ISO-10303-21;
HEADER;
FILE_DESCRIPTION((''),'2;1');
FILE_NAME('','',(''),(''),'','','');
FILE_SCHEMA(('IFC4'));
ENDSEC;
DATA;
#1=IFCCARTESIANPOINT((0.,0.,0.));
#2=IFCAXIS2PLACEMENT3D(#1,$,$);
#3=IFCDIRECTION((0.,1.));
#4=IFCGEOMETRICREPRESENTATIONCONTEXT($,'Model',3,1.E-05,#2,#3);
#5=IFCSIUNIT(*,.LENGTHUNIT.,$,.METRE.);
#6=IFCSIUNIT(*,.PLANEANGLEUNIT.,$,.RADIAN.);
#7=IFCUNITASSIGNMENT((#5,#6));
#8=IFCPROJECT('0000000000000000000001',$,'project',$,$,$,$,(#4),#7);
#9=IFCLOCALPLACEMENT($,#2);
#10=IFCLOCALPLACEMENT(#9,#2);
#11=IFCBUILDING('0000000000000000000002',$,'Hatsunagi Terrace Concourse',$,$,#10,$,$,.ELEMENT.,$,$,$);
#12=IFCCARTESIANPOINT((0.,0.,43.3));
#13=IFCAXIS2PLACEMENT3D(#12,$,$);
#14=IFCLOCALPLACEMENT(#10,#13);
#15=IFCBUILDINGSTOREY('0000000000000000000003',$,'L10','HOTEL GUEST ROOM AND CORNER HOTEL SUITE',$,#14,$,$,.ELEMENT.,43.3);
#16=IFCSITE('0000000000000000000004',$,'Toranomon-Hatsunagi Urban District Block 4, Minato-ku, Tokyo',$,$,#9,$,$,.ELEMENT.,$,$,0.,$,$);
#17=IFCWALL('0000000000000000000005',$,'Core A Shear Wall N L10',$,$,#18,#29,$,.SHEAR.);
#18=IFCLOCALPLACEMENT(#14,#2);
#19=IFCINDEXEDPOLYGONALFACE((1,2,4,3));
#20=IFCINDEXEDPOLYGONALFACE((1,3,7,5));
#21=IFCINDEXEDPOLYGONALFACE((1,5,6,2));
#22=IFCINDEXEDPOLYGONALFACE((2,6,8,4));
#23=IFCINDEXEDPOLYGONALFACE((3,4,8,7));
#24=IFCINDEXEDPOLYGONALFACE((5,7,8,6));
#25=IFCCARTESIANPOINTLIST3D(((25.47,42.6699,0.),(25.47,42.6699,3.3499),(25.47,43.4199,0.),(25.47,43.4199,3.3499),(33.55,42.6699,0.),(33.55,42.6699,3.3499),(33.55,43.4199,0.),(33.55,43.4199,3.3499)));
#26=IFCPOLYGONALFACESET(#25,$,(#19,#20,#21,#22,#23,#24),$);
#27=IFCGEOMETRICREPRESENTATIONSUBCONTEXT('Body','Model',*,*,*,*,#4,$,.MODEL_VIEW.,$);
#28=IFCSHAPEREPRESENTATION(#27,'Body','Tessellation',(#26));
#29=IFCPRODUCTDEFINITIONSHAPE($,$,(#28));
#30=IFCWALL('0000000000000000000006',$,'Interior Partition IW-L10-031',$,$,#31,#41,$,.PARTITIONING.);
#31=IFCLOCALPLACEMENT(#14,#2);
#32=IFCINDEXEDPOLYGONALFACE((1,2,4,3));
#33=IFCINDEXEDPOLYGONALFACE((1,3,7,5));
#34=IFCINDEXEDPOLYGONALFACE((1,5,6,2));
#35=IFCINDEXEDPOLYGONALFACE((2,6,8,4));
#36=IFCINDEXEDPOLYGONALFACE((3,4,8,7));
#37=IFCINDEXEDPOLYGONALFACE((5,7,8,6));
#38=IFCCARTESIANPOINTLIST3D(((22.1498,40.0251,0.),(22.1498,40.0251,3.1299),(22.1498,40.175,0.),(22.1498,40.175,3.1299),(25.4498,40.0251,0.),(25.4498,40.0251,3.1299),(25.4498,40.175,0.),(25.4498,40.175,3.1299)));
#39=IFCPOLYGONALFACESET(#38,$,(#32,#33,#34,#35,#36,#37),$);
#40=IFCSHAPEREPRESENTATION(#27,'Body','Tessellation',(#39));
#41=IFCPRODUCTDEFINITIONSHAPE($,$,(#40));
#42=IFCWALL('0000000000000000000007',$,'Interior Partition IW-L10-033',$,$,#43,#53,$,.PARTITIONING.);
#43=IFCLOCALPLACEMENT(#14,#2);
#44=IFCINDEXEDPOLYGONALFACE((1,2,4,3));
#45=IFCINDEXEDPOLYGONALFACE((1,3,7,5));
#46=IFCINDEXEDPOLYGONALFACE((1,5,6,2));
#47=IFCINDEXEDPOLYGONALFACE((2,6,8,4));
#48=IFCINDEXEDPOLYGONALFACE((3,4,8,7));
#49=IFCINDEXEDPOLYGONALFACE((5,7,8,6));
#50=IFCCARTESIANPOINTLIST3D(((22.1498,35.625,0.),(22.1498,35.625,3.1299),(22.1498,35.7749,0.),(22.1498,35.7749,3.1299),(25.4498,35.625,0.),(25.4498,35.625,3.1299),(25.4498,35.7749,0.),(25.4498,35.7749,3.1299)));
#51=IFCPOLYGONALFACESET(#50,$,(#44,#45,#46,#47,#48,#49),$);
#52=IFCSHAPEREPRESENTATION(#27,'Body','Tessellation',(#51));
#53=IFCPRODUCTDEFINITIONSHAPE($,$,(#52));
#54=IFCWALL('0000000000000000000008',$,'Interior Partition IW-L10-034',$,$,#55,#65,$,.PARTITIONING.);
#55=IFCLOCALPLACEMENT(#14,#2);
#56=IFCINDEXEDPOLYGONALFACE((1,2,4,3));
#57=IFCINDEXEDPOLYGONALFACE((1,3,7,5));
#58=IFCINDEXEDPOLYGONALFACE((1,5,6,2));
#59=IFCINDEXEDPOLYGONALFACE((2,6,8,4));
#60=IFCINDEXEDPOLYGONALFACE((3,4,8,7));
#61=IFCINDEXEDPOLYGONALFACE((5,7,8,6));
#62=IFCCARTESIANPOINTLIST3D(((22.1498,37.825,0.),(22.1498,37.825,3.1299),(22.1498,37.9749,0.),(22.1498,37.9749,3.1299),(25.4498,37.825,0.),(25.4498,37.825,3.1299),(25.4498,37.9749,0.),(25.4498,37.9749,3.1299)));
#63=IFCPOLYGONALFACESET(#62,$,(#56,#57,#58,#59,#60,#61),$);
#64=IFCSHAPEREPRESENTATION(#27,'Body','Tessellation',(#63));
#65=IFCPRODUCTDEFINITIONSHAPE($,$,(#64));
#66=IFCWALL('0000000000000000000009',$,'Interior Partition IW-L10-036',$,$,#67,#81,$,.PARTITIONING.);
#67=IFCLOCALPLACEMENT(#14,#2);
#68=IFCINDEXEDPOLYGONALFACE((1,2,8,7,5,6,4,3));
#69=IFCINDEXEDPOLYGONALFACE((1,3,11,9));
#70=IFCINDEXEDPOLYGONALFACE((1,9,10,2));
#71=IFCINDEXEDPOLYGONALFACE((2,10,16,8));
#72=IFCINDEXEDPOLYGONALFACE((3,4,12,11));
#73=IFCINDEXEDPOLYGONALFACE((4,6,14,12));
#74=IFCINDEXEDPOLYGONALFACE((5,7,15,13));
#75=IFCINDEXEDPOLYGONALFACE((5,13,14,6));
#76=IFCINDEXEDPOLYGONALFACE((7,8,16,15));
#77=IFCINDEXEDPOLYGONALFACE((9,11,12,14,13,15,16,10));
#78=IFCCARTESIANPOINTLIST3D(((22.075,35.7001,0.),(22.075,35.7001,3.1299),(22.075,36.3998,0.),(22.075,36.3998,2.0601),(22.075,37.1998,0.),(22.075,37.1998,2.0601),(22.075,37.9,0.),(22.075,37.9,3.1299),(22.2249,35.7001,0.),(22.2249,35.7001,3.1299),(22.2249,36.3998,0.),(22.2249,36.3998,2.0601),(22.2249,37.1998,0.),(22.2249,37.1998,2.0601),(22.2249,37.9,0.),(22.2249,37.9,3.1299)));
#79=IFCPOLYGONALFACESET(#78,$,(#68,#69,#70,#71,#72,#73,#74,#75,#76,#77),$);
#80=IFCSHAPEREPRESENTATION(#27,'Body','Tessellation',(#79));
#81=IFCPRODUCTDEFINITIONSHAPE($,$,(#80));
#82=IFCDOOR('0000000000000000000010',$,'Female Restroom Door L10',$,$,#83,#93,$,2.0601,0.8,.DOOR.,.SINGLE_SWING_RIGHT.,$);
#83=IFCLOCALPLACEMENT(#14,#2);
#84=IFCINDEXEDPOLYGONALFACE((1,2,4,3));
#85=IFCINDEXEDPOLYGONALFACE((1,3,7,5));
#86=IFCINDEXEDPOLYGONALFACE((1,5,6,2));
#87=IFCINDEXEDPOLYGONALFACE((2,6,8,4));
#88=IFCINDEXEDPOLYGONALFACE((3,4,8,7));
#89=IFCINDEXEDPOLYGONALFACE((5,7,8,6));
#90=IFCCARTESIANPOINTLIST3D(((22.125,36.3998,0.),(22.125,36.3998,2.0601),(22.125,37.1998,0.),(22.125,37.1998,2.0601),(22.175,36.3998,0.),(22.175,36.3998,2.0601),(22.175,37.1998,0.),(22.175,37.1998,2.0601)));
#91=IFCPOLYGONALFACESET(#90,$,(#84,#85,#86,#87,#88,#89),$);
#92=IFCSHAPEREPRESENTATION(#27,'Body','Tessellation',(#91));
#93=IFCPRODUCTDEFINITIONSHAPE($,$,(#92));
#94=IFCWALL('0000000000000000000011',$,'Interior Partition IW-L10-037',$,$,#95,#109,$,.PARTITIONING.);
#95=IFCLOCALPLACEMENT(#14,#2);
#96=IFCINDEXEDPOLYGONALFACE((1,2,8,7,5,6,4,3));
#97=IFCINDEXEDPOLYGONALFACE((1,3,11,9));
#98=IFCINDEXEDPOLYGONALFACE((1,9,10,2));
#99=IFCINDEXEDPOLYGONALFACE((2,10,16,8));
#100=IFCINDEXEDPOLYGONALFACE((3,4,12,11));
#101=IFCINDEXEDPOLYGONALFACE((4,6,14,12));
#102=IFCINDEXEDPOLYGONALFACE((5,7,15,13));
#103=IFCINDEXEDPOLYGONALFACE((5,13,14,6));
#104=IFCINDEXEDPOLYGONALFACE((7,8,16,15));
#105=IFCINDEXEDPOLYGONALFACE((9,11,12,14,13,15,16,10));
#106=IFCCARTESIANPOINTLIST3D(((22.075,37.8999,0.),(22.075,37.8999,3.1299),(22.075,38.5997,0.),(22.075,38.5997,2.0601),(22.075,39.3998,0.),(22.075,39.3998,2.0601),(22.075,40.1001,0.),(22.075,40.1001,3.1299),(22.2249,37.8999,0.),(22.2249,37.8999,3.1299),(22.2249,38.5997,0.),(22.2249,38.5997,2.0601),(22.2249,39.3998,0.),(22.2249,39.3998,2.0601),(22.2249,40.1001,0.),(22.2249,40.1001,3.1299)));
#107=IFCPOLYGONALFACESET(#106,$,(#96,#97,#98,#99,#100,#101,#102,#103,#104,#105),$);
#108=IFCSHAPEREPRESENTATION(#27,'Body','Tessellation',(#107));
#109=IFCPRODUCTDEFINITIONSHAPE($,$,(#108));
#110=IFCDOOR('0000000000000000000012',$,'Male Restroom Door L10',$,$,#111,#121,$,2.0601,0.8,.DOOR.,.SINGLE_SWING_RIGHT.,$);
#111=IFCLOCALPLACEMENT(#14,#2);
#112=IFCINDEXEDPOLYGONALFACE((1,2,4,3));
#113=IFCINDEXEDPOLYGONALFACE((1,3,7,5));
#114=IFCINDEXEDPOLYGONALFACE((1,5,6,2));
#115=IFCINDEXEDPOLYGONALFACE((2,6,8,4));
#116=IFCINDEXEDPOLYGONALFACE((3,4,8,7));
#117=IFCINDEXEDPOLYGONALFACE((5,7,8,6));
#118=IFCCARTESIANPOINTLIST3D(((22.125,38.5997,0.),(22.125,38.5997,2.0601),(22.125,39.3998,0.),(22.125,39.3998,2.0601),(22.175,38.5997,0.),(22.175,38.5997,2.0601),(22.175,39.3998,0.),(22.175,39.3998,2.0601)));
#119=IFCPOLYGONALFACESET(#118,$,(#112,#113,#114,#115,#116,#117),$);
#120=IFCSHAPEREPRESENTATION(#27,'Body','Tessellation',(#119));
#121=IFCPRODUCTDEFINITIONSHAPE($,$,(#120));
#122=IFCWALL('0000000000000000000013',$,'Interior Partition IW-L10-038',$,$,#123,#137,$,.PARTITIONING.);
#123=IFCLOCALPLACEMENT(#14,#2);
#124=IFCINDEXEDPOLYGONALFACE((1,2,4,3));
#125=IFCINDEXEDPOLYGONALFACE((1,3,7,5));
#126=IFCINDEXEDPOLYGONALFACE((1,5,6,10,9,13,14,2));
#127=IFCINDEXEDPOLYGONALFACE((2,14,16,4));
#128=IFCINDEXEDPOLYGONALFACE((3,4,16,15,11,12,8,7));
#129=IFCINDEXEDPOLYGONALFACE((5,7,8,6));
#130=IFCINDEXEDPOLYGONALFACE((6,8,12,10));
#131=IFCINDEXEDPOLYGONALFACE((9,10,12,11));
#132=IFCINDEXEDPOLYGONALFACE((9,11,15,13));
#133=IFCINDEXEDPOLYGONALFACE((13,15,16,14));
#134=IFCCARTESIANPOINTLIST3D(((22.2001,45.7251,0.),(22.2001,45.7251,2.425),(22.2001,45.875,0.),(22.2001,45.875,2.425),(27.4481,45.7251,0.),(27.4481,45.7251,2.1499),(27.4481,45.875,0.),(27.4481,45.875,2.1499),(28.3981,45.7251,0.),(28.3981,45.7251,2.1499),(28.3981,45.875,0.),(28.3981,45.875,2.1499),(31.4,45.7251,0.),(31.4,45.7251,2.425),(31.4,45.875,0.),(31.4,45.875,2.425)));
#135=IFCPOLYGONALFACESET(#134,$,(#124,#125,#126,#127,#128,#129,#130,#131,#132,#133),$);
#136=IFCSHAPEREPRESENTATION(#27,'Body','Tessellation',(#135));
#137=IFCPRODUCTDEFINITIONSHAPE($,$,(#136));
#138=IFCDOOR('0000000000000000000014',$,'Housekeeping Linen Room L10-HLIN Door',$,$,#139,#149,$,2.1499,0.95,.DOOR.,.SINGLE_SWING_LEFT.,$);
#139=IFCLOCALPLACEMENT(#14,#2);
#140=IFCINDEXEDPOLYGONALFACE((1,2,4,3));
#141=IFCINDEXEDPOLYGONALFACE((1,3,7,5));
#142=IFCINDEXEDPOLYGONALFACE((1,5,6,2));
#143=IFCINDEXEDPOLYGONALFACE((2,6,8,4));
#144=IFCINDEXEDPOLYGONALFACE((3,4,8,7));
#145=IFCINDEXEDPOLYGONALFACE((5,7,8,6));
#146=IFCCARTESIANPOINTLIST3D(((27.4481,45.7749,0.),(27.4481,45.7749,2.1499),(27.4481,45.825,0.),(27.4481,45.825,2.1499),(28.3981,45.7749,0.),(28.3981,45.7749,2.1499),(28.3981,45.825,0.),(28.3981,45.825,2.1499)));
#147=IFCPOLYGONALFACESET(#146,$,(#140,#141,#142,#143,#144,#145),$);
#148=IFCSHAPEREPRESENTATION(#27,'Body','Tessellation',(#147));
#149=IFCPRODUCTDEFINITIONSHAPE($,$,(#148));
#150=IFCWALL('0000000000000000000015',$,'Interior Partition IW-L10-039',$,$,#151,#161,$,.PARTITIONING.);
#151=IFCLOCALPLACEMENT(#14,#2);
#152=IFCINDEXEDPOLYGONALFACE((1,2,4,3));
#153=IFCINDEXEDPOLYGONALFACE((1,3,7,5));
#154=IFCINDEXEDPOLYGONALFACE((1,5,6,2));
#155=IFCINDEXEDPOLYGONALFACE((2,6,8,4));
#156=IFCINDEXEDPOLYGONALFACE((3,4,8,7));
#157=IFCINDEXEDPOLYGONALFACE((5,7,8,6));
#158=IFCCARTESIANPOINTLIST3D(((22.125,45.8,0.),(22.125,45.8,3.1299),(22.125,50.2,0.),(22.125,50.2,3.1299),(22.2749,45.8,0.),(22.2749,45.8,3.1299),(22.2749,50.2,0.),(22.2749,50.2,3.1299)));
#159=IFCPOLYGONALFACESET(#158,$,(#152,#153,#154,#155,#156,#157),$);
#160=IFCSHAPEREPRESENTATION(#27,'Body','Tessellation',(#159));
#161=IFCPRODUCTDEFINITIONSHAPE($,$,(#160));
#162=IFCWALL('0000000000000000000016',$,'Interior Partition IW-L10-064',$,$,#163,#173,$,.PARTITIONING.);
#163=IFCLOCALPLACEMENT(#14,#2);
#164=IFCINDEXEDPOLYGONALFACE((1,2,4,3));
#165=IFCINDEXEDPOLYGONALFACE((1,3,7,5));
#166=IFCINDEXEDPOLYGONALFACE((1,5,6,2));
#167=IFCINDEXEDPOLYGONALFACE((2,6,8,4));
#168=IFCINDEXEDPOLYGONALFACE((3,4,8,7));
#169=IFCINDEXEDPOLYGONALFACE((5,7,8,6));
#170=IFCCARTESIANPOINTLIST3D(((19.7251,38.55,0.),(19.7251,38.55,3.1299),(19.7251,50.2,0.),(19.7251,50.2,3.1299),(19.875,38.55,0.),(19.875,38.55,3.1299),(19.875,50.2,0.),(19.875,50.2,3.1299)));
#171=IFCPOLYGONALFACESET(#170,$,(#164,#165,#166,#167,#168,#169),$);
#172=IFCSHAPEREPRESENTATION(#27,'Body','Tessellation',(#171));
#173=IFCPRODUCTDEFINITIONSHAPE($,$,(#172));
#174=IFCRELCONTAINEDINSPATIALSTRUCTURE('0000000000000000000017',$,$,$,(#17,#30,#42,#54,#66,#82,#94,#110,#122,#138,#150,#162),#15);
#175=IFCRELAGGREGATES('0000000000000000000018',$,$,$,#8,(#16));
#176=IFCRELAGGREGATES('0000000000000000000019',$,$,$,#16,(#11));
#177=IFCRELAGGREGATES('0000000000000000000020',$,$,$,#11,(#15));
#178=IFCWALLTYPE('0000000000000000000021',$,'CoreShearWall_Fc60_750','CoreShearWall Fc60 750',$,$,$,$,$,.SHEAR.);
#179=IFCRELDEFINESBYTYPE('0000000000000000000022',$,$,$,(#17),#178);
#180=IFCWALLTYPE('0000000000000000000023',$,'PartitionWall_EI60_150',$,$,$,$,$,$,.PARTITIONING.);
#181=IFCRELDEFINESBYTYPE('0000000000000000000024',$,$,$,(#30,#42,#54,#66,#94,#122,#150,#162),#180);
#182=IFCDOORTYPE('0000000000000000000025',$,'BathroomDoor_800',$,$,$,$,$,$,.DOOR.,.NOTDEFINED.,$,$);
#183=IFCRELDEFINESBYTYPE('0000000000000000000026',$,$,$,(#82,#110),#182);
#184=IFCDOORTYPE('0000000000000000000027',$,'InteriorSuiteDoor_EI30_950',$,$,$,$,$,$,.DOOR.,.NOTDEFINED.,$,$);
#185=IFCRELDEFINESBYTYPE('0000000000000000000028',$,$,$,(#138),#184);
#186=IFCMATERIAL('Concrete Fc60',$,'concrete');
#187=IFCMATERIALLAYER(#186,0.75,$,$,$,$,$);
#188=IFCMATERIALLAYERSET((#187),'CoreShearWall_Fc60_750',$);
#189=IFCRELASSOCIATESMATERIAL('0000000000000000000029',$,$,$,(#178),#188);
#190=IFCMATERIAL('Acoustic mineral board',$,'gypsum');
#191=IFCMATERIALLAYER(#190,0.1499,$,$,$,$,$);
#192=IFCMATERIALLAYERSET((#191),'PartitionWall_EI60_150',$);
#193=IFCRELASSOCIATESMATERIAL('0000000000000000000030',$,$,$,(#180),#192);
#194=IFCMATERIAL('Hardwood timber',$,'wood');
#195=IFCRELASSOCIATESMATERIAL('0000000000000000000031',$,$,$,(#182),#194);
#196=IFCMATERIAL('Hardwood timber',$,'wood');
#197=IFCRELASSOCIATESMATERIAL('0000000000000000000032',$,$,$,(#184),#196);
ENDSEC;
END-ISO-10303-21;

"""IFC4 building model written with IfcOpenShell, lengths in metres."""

from ifc_helpers import new_model, si_unit, direction, frame, frame_2d, origin, place, context, subcontext, project, spatial, rectangle, extrude, material, layer, layer_set, type_object, element, fill, save


model = new_model("IFC4")

# Units and contexts
model_context = context("Model", 3, precision=1e-05, world=origin(), true_north=direction((0.0, 1.0)))
body_context = subcontext(model_context, "Body", "Model", "MODEL_VIEW")
ifc_project = project(units=[si_unit("LENGTHUNIT", "METRE"), si_unit("PLANEANGLEUNIT", "RADIAN")], contexts=[model_context])

# Site, building, storey
site_placement = place(None, origin())
site = spatial("IfcSite", under=ifc_project, at=site_placement, Name="Toranomon-Hatsunagi Urban District Block 4, Minato-ku, Tokyo", CompositionType="ELEMENT", RefElevation=0.0)
building_placement = place(site_placement, origin())
building = spatial("IfcBuilding", under=site, at=building_placement, Name="Hatsunagi Terrace Concourse", CompositionType="ELEMENT")
storey_placement = place(building_placement, frame((0.0, 0.0, 43.3)))
storey = spatial("IfcBuildingStorey", under=building, at=storey_placement, Name="L10", Description="HOTEL GUEST ROOM AND CORNER HOTEL SUITE", CompositionType="ELEMENT", Elevation=43.3)

# Walls
ifc_material_1 = material(Name="Concrete Fc60", Category="concrete")
ifc_layer_1 = layer(ifc_material_1, 0.75)
ifc_layer_set_1 = layer_set([ifc_layer_1], Name="CoreShearWall_Fc60_750")
wall_type_1 = type_object("IfcWallType", Name="CoreShearWall_Fc60_750", Description="CoreShearWall Fc60 750", PredefinedType="SHEAR", material=ifc_layer_set_1)
wall_1_placement = place(storey_placement, frame((25.47, 43.0449, 0.0), z_axis=(0.0, 0.0, 1.0), x_axis=(1.0, 0.0, 0.0)))
element("IfcWall", 1, at=wall_1_placement, inside=storey, type_object=wall_type_1, Name="Core A Shear Wall N L10", PredefinedType="SHEAR", context=body_context, shape_type="SweptSolid", body=[
    extrude(rectangle(XDim=8.0801, YDim=0.75, at=frame_2d((4.04, 0.0))), origin(), (0.0, 0.0, 1.0), 3.3499),
])
ifc_material_2 = material(Name="Acoustic mineral board", Category="gypsum")
ifc_layer_2 = layer(ifc_material_2, 0.1499)
ifc_layer_set_2 = layer_set([ifc_layer_2], Name="PartitionWall_EI60_150")
wall_type_2 = type_object("IfcWallType", Name="PartitionWall_EI60_150", PredefinedType="PARTITIONING", material=ifc_layer_set_2)
for number, where, z_axis, x_axis, name in (
    (2, (22.1499, 40.1001, 0.0), (0.0, 0.0, 1.0), (1.0, 0.0, 0.0), "Interior Partition IW-L10-031"),
    (3, (22.1499, 35.7, 0.0), (0.0, 0.0, 1.0), (1.0, 0.0, 0.0), "Interior Partition IW-L10-033"),
    (4, (22.1499, 37.8999, 0.0), (0.0, 0.0, 1.0), (1.0, 0.0, 0.0), "Interior Partition IW-L10-034"),
):
    element("IfcWall", number, at=place(storey_placement, frame(where, z_axis=z_axis, x_axis=x_axis)), inside=storey, type_object=wall_type_2, Name=name, PredefinedType="PARTITIONING", context=body_context, shape_type="SweptSolid", body=[
        extrude(rectangle(XDim=3.3, YDim=0.1499, at=frame_2d((1.6499, 0.0))), origin(), (0.0, 0.0, 1.0), 3.1299),
    ])

# Walls, openings, doors
wall_2_placement = place(storey_placement, frame((22.1499, 35.7, 0.0), z_axis=(0.0, 0.0, 1.0), x_axis=(0.0, 1.0, 0.0)))
wall_2 = element("IfcWall", 5, at=wall_2_placement, inside=storey, type_object=wall_type_2, Name="Interior Partition IW-L10-036", PredefinedType="PARTITIONING", context=body_context, shape_type="SweptSolid", body=[
    extrude(rectangle(XDim=2.2, YDim=0.1499, at=frame_2d((1.1001, 0.0))), origin(), (0.0, 0.0, 1.0), 3.1299),
])
opening_1_placement = place(wall_2_placement, frame((0.7, 0.0, 0.0)))
opening_1 = element("IfcOpeningElement", 6, at=opening_1_placement, cuts=wall_2, PredefinedType="OPENING", context=body_context, shape_type="SweptSolid", body=[
    extrude(rectangle(XDim=0.8, YDim=2.0601, at=frame_2d((0.3999, 1.03))), frame((0.0, 0.085, 0.0), z_axis=(0.0, -1.0, 0.0), x_axis=(1.0, 0.0, 0.0)), (0.0, 0.0, 1.0), 0.1699),
])
ifc_material_3 = material(Name="Hardwood timber", Category="wood")
door_type_1 = type_object("IfcDoorType", Name="BathroomDoor_800", OperationType="NOTDEFINED", PredefinedType="DOOR", material=ifc_material_3)
door_1_placement = place(opening_1_placement, origin())
door_1 = element("IfcDoor", 7, at=door_1_placement, inside=storey, type_object=door_type_1, Name="Female Restroom Door L10", OperationType="SINGLE_SWING_RIGHT", OverallHeight=2.0601, OverallWidth=0.8, PredefinedType="DOOR", context=body_context, shape_type="SweptSolid", body=[
    extrude(rectangle(XDim=0.8, YDim=2.0601, at=frame_2d((0.3999, 1.03))), frame((0.0, 0.0249, 0.0), z_axis=(0.0, -1.0, 0.0), x_axis=(1.0, 0.0, 0.0)), (0.0, 0.0, 1.0), 0.05),
])
fill(opening_1, door_1)
wall_3_placement = place(storey_placement, frame((22.1499, 37.8999, 0.0), z_axis=(0.0, 0.0, 1.0), x_axis=(0.0, 1.0, 0.0)))
wall_3 = element("IfcWall", 8, at=wall_3_placement, inside=storey, type_object=wall_type_2, Name="Interior Partition IW-L10-037", PredefinedType="PARTITIONING", context=body_context, shape_type="SweptSolid", body=[
    extrude(rectangle(XDim=2.2002, YDim=0.1499, at=frame_2d((1.1001, 0.0))), origin(), (0.0, 0.0, 1.0), 3.1299),
])
opening_2_placement = place(wall_3_placement, frame((0.7, 0.0, 0.0)))
opening_2 = element("IfcOpeningElement", 9, at=opening_2_placement, cuts=wall_3, PredefinedType="OPENING", context=body_context, shape_type="SweptSolid", body=[
    extrude(rectangle(XDim=0.8, YDim=2.0601, at=frame_2d((0.3999, 1.03))), frame((0.0, 0.085, 0.0), z_axis=(0.0, -1.0, 0.0), x_axis=(1.0, 0.0, 0.0)), (0.0, 0.0, 1.0), 0.1699),
])
door_2_placement = place(opening_2_placement, origin())
door_2 = element("IfcDoor", 10, at=door_2_placement, inside=storey, type_object=door_type_1, Name="Male Restroom Door L10", OperationType="SINGLE_SWING_RIGHT", OverallHeight=2.0601, OverallWidth=0.8, PredefinedType="DOOR", context=body_context, shape_type="SweptSolid", body=[
    extrude(rectangle(XDim=0.8, YDim=2.0601, at=frame_2d((0.3999, 1.03))), frame((0.0, 0.0249, 0.0), z_axis=(0.0, -1.0, 0.0), x_axis=(1.0, 0.0, 0.0)), (0.0, 0.0, 1.0), 0.05),
])
fill(opening_2, door_2)
wall_4_placement = place(storey_placement, frame((22.2, 45.8, 0.0), z_axis=(0.0, 0.0, 1.0), x_axis=(1.0, 0.0, 0.0)))
wall_4 = element("IfcWall", 11, at=wall_4_placement, inside=storey, type_object=wall_type_2, Name="Interior Partition IW-L10-038", PredefinedType="PARTITIONING", context=body_context, shape_type="SweptSolid", body=[
    extrude(rectangle(XDim=9.2, YDim=0.1499, at=frame_2d((4.6001, 0.0))), origin(), (0.0, 0.0, 1.0), 2.425),
])
opening_3_placement = place(wall_4_placement, frame((5.248, 0.0, 0.0)))
opening_3 = element("IfcOpeningElement", 12, at=opening_3_placement, cuts=wall_4, PredefinedType="OPENING", context=body_context, shape_type="SweptSolid", body=[
    extrude(rectangle(XDim=0.95, YDim=2.1499, at=frame_2d((0.4751, 1.075))), frame((0.0, 0.085, 0.0), z_axis=(0.0, -1.0, 0.0), x_axis=(1.0, 0.0, 0.0)), (0.0, 0.0, 1.0), 0.1699),
])
ifc_material_4 = material(Name="Hardwood timber", Category="wood")
door_type_2 = type_object("IfcDoorType", Name="InteriorSuiteDoor_EI30_950", OperationType="NOTDEFINED", PredefinedType="DOOR", material=ifc_material_4)
door_3_placement = place(opening_3_placement, origin())
door_3 = element("IfcDoor", 13, at=door_3_placement, inside=storey, type_object=door_type_2, Name="Housekeeping Linen Room L10-HLIN Door", OperationType="SINGLE_SWING_LEFT", OverallHeight=2.1499, OverallWidth=0.95, PredefinedType="DOOR", context=body_context, shape_type="SweptSolid", body=[
    extrude(rectangle(XDim=0.95, YDim=2.1499, at=frame_2d((0.4751, 1.075))), frame((0.0, 0.0249, 0.0), z_axis=(0.0, -1.0, 0.0), x_axis=(1.0, 0.0, 0.0)), (0.0, 0.0, 1.0), 0.05),
])
fill(opening_3, door_3)

# Walls
wall_5_placement = place(storey_placement, frame((22.2, 45.8, 0.0), z_axis=(0.0, 0.0, 1.0), x_axis=(0.0, 1.0, 0.0)))
element("IfcWall", 14, at=wall_5_placement, inside=storey, type_object=wall_type_2, Name="Interior Partition IW-L10-039", PredefinedType="PARTITIONING", context=body_context, shape_type="SweptSolid", body=[
    extrude(rectangle(XDim=4.3999, YDim=0.1499, at=frame_2d((2.2, 0.0))), origin(), (0.0, 0.0, 1.0), 3.1299),
])
wall_6_placement = place(storey_placement, frame((19.8, 38.55, 0.0), z_axis=(0.0, 0.0, 1.0), x_axis=(0.0, 1.0, 0.0)))
element("IfcWall", 15, at=wall_6_placement, inside=storey, type_object=wall_type_2, Name="Interior Partition IW-L10-064", PredefinedType="PARTITIONING", context=body_context, shape_type="SweptSolid", body=[
    extrude(rectangle(XDim=11.6499, YDim=0.1499, at=frame_2d((5.825, 0.0))), origin(), (0.0, 0.0, 1.0), 3.1299),
])

save(model, "model.ifc")
